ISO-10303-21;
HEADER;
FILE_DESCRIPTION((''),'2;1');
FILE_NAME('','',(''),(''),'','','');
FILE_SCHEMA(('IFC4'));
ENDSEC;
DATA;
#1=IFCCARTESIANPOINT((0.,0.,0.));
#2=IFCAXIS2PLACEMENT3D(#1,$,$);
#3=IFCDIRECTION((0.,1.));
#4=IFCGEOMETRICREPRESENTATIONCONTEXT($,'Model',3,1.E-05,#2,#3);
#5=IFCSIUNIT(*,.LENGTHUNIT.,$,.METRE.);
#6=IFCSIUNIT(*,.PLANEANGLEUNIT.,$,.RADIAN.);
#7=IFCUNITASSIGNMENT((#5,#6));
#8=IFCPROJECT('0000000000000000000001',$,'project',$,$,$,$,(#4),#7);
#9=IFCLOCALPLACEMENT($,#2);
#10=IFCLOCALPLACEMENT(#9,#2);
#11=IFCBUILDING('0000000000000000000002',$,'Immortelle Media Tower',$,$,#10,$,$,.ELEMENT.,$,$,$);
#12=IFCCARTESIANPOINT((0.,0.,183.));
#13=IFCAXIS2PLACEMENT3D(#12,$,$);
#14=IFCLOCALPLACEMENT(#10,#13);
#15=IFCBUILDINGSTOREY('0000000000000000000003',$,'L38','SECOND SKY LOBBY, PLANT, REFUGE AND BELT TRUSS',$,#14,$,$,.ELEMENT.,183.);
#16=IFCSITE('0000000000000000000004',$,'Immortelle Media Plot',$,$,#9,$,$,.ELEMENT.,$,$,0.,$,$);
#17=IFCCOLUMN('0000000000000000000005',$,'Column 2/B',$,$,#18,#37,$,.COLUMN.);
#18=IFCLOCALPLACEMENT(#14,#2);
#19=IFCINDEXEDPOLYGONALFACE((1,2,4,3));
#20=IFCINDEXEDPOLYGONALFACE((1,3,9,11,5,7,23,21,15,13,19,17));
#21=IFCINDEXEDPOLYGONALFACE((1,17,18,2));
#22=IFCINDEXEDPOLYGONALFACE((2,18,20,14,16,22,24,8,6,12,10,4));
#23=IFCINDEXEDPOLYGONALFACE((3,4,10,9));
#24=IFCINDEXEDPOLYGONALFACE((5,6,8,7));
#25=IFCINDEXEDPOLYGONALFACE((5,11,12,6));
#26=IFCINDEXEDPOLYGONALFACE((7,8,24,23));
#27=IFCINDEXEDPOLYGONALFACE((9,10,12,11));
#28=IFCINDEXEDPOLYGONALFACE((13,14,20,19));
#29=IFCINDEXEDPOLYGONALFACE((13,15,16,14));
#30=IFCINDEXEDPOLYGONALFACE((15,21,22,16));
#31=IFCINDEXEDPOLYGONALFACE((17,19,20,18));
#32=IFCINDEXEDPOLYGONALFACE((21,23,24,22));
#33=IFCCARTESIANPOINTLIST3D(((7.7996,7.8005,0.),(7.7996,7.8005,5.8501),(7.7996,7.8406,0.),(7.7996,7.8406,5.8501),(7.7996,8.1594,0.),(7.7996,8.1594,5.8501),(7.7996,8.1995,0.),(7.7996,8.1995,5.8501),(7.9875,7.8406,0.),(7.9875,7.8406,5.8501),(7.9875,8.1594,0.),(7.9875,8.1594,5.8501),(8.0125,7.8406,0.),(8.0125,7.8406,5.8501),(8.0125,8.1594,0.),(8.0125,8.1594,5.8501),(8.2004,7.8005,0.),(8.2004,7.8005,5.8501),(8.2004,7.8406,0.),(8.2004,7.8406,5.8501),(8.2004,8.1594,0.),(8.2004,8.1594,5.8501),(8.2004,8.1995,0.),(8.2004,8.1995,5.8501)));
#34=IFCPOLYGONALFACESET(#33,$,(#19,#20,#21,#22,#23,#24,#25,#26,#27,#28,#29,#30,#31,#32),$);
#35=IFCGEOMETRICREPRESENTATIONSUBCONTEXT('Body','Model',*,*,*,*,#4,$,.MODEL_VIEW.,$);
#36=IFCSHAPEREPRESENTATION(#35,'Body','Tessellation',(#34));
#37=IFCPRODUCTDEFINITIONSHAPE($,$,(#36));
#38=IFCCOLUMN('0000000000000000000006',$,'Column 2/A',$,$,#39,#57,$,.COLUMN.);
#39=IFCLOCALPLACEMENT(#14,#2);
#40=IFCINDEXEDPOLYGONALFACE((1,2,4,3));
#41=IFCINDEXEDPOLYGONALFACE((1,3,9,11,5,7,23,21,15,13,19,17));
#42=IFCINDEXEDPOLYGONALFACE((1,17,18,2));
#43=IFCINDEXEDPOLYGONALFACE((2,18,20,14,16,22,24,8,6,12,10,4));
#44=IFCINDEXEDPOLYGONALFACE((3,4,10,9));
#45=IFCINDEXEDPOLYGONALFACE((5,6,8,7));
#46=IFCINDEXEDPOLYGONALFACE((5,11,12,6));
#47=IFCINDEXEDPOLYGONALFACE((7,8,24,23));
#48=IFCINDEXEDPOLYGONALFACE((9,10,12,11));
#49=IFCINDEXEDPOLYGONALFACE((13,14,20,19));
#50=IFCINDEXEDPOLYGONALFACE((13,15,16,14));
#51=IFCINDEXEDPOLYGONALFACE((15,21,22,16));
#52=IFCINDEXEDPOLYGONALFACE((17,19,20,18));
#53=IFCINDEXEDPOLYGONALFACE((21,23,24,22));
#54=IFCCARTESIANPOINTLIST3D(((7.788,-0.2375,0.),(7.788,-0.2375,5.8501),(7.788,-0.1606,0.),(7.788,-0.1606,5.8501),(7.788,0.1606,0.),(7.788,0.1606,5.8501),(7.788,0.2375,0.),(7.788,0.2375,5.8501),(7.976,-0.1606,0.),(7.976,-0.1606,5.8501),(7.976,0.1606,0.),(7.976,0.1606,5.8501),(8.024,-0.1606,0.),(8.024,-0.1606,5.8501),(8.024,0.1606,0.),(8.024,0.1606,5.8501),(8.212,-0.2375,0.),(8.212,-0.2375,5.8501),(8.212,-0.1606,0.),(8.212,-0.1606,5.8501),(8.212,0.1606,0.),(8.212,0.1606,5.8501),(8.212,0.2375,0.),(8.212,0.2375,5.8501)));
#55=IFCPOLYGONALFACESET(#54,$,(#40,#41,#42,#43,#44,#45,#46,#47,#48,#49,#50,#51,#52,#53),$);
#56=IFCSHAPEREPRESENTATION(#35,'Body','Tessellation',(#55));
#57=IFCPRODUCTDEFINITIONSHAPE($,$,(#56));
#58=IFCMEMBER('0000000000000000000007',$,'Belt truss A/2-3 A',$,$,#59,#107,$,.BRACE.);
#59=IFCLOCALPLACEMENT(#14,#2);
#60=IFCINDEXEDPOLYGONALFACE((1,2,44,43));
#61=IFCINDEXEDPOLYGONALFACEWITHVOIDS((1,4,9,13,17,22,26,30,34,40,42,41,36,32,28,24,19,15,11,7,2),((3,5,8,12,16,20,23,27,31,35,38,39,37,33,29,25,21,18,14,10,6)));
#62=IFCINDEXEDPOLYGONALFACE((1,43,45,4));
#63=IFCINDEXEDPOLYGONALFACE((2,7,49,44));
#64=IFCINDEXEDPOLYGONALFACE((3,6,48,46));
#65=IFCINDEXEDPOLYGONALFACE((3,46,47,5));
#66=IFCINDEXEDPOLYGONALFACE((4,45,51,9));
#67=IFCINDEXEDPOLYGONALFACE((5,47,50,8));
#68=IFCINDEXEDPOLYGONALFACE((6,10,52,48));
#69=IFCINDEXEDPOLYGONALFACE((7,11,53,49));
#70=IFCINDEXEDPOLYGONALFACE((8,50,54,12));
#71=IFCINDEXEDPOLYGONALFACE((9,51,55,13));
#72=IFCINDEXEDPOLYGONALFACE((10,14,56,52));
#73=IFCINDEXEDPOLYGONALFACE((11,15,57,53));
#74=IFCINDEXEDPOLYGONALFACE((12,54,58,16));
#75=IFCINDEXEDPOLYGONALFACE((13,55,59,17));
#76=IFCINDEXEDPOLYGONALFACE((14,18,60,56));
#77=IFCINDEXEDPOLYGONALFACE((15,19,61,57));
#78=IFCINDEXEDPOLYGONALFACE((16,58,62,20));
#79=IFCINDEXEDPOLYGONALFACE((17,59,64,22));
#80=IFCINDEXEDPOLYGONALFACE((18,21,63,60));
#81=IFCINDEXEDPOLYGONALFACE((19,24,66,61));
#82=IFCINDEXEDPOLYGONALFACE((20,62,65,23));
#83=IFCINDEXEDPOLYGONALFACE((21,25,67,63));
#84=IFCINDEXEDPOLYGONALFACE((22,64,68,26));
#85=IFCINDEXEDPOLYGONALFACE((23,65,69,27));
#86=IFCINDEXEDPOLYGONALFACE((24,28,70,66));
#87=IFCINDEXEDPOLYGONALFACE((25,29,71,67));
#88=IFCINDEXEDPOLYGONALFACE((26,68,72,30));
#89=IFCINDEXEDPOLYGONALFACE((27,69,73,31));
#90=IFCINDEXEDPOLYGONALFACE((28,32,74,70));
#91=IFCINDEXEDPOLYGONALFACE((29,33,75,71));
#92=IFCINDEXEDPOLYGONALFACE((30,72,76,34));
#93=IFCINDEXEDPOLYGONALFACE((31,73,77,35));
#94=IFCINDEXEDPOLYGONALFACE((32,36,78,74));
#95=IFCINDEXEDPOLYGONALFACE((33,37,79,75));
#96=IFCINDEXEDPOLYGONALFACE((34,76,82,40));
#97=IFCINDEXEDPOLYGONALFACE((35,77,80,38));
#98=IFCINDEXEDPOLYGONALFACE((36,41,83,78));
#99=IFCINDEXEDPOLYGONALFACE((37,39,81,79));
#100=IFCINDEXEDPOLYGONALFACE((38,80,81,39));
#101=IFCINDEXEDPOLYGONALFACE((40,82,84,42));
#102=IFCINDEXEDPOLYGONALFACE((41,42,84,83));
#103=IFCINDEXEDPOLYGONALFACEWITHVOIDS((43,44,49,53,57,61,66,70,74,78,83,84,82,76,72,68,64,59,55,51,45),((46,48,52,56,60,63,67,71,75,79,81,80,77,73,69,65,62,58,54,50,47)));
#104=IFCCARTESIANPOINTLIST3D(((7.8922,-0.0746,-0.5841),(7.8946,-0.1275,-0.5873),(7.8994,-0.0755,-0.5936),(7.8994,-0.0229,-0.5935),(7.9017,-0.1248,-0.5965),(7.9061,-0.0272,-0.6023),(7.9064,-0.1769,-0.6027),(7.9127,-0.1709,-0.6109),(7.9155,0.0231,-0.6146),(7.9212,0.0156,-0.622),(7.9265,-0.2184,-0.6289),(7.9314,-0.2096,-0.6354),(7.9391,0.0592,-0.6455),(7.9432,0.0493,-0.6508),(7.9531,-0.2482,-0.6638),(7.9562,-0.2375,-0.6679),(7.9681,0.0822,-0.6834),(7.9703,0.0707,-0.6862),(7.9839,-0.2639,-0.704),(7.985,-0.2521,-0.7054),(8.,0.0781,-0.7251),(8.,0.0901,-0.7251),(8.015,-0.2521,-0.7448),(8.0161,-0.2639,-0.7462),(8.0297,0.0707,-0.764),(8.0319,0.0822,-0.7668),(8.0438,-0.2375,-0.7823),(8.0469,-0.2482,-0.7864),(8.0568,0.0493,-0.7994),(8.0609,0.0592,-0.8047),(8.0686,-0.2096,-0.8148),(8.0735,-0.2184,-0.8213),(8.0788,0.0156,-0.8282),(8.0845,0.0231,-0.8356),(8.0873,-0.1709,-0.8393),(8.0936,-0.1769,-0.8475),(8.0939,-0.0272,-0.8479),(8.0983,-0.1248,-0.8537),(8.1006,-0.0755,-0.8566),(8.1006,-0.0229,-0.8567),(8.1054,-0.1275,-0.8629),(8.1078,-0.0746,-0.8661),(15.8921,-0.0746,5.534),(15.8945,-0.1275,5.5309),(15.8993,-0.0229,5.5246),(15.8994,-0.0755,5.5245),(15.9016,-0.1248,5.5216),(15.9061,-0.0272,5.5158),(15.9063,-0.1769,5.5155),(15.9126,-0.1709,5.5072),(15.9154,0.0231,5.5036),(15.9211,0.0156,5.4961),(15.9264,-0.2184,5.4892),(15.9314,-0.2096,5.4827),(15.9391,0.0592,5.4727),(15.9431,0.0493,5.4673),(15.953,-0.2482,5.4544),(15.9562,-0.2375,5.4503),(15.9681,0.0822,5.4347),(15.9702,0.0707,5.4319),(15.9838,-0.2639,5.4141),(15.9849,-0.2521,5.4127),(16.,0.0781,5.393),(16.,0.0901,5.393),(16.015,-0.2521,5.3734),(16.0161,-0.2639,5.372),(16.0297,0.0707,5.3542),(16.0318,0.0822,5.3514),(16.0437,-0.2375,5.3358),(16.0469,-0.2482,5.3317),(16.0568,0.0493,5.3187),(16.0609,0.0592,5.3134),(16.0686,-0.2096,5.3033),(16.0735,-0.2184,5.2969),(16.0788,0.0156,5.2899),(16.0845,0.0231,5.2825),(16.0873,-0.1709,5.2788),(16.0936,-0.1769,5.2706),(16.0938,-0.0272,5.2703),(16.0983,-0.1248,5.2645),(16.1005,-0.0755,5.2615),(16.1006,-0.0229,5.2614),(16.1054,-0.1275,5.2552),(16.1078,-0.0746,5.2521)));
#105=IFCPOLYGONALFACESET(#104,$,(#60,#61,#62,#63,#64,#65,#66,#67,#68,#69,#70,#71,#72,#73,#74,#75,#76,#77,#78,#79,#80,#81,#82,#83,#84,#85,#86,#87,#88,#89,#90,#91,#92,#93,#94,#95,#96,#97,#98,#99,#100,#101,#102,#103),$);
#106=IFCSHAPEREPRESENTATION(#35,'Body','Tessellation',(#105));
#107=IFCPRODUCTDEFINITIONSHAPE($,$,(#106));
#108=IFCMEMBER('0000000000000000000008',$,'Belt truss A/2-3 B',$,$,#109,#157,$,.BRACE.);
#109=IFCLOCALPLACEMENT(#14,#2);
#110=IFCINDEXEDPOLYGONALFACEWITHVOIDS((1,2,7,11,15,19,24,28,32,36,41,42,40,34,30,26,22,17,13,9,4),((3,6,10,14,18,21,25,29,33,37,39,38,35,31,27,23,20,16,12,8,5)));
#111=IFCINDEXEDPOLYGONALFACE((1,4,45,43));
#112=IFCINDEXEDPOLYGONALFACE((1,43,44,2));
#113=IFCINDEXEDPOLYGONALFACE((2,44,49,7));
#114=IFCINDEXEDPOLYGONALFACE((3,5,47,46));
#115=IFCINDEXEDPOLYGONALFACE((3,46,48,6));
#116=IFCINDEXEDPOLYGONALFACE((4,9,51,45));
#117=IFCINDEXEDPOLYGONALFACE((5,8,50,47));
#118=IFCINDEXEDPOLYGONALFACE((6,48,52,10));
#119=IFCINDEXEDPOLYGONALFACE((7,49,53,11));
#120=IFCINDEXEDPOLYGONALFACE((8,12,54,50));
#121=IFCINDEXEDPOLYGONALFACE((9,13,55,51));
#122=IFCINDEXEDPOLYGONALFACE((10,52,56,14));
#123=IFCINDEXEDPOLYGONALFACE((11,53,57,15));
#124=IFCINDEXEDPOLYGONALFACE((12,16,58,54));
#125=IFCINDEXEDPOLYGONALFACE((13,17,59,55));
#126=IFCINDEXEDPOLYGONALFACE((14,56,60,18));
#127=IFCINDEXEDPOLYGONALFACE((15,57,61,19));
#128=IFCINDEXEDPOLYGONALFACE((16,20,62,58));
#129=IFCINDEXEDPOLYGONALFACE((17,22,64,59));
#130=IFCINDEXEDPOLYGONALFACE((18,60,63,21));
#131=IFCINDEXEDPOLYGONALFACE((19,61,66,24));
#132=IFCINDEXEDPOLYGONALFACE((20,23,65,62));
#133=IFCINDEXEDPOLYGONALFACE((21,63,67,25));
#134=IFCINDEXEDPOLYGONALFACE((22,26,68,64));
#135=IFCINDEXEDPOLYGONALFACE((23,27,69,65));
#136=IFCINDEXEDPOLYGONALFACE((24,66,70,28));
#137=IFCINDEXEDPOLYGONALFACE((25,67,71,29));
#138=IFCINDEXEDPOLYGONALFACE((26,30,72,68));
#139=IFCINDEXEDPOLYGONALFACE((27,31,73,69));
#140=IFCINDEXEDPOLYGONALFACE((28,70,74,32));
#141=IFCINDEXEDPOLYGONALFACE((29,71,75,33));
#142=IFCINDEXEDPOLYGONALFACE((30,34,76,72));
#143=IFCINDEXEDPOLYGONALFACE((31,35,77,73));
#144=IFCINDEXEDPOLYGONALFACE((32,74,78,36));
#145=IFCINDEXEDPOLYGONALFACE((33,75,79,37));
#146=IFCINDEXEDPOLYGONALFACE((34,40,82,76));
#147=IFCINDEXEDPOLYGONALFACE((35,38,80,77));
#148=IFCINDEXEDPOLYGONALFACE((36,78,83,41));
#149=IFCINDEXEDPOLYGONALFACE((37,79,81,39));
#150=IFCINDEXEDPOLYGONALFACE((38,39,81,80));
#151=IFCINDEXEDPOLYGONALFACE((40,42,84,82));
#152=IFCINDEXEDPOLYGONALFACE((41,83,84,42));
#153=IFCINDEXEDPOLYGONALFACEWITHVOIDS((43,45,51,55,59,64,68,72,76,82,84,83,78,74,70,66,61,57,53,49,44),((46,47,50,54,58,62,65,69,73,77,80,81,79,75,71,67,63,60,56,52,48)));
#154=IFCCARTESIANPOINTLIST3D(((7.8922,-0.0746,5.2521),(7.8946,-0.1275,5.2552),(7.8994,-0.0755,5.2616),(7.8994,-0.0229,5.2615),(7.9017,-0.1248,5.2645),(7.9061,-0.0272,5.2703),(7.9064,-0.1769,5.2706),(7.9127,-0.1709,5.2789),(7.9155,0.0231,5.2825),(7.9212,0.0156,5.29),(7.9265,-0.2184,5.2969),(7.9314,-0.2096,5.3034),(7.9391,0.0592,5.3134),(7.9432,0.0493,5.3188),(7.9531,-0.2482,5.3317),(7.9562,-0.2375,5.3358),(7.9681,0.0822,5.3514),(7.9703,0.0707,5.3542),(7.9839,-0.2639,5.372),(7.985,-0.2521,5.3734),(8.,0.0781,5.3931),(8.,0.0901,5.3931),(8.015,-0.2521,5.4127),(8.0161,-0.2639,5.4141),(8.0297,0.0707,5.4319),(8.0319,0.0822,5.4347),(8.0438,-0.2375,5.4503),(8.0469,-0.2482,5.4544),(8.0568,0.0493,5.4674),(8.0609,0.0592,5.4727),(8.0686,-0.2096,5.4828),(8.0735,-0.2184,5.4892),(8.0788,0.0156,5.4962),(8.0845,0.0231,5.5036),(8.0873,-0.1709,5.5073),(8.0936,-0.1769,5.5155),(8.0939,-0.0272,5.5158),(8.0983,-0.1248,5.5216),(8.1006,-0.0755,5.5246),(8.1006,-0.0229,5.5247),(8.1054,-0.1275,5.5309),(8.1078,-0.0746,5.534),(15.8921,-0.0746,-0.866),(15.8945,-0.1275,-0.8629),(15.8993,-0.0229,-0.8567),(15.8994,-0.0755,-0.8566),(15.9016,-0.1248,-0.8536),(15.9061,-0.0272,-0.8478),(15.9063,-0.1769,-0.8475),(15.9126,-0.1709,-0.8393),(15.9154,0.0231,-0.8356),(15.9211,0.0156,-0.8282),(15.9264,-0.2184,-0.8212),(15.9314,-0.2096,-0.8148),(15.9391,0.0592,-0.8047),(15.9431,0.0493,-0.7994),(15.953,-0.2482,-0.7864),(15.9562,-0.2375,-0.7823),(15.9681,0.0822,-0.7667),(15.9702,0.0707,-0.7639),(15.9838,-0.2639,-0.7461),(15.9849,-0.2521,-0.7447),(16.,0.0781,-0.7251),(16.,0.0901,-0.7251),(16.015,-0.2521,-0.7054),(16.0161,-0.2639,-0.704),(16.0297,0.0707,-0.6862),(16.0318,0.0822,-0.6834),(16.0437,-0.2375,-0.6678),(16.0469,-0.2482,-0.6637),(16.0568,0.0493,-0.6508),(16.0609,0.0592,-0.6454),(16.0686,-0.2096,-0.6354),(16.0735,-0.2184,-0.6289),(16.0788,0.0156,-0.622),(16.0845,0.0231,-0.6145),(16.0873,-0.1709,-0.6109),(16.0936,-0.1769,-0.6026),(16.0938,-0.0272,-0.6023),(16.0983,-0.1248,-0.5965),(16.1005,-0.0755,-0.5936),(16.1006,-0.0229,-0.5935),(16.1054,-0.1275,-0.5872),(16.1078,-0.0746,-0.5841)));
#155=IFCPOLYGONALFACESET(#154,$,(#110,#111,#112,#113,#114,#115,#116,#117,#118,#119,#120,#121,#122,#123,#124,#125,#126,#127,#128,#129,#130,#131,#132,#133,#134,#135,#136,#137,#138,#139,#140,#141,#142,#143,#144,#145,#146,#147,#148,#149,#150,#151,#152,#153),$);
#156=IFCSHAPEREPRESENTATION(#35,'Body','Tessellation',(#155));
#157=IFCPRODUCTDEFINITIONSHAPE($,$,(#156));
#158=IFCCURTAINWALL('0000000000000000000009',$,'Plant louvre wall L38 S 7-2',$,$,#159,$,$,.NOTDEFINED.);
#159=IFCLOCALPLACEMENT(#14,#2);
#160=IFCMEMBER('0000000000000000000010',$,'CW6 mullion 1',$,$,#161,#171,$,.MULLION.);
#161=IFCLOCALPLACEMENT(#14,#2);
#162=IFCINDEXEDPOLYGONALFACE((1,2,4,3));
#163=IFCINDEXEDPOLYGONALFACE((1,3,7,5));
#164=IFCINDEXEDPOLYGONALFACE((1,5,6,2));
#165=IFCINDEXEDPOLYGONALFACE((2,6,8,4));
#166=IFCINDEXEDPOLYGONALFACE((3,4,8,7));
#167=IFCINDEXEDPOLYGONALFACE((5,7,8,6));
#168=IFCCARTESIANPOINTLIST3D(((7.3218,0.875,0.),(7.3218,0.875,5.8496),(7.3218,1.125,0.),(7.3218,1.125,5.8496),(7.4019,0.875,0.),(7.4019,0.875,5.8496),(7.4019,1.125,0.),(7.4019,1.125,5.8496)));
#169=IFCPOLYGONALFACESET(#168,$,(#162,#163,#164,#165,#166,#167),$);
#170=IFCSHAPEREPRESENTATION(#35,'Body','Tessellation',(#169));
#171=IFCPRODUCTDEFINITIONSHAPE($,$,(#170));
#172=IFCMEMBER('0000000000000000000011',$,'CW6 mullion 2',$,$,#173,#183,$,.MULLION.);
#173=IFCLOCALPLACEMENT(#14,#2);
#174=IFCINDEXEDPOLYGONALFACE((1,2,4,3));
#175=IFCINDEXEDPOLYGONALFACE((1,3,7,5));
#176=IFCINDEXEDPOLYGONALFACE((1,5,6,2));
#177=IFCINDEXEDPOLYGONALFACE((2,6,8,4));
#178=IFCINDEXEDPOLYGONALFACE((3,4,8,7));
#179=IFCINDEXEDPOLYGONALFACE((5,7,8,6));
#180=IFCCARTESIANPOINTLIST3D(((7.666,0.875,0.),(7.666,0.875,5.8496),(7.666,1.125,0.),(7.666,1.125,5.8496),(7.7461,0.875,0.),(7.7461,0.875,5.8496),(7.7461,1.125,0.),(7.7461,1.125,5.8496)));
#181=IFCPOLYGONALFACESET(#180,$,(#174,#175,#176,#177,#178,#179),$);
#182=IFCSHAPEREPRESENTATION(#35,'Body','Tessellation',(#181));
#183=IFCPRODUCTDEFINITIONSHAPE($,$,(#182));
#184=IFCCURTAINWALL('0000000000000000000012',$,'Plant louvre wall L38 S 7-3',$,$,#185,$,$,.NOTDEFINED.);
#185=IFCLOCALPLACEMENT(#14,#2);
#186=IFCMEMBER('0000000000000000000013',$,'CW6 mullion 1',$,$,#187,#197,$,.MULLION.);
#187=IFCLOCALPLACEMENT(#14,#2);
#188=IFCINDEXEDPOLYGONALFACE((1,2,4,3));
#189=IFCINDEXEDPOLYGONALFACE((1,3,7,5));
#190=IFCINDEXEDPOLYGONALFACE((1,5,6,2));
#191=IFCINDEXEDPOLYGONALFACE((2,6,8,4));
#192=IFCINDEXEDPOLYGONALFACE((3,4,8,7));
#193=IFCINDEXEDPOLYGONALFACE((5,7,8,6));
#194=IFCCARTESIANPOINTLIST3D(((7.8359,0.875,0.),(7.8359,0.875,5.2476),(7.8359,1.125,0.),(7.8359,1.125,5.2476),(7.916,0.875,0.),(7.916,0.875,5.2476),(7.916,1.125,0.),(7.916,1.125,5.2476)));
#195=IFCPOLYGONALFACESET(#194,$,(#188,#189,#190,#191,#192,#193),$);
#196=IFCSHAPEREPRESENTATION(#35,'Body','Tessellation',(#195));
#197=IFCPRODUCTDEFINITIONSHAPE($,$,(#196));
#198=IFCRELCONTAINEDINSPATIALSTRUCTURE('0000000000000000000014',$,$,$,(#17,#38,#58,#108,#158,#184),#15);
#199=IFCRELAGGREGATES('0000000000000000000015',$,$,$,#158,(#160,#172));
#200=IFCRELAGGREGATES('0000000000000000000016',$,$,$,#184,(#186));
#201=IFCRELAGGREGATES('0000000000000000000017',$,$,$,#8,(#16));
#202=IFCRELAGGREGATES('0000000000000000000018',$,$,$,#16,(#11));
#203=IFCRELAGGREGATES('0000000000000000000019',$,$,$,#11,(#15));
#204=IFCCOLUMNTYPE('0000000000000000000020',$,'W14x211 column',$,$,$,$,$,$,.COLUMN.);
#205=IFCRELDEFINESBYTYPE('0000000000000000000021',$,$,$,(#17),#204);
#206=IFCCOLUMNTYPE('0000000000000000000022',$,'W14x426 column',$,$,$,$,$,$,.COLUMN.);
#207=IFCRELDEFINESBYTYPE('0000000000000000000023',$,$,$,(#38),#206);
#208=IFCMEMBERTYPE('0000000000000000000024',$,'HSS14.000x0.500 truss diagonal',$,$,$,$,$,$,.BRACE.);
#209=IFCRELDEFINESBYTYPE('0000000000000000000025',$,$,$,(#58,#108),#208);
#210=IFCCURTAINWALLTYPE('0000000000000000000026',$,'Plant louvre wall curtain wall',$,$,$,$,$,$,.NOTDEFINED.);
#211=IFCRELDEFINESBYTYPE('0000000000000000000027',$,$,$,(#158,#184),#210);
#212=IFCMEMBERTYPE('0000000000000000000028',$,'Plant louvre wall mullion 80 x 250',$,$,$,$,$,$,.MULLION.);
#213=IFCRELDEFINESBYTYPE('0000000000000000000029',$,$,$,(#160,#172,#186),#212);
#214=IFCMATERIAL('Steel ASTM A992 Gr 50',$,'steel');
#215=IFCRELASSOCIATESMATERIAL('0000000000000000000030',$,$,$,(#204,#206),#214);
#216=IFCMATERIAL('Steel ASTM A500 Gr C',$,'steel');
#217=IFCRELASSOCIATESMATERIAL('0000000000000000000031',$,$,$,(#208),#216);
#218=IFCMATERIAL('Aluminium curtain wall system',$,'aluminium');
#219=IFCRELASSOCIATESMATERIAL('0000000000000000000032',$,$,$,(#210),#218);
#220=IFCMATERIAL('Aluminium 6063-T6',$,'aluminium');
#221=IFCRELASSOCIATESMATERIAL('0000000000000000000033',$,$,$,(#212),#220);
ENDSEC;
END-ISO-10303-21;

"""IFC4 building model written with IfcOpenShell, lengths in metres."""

from ifc_helpers import new_model, si_unit, direction, frame, origin, origin_2d, place, context, subcontext, project, spatial, rectangle, hollow_circle, i_section, extrude, material, material_profile, profile_set, type_object, element, aggregate, save


model = new_model("IFC4")

# Units and contexts
model_context = context("Model", 3, precision=1e-05, world=origin(), true_north=direction((0.0, 1.0)))
body_context = subcontext(model_context, "Body", "Model", "MODEL_VIEW")
ifc_project = project(units=[si_unit("LENGTHUNIT", "METRE"), si_unit("PLANEANGLEUNIT", "RADIAN")], contexts=[model_context])

# Site, building, storey
site_placement = place(None, origin())
site = spatial("IfcSite", under=ifc_project, at=site_placement, Name="Immortelle Media Plot", CompositionType="ELEMENT", RefElevation=0.0)
building_placement = place(site_placement, origin())
building = spatial("IfcBuilding", under=site, at=building_placement, Name="Immortelle Media Tower", CompositionType="ELEMENT")
storey_placement = place(building_placement, frame((0.0, 0.0, 183.0)))
storey = spatial("IfcBuildingStorey", under=building, at=storey_placement, Name="L38", Description="SECOND SKY LOBBY, PLANT, REFUGE AND BELT TRUSS", CompositionType="ELEMENT", Elevation=183.0)

# Columns
ifc_material_1 = material(Name="Steel ASTM A992 Gr 50", Category="steel")
ifc_material_profile_1 = material_profile(ifc_material_1, i_section(OverallWidth=0.4009, OverallDepth=0.3989, WebThickness=0.0249, FlangeThickness=0.04, at=origin_2d()), Name="W14x211")
ifc_profile_set_1 = profile_set([ifc_material_profile_1], Name="Steel ASTM A992 Gr 50")
column_type_1 = type_object("IfcColumnType", Name="W14x211 column", PredefinedType="COLUMN", material=ifc_profile_set_1)
column_1_placement = place(storey_placement, frame((8.0, 8.0, 0.0), z_axis=(0.0, 0.0, 1.0), x_axis=(1.0, 0.0, 0.0)))
element("IfcColumn", 1, at=column_1_placement, inside=storey, type_object=column_type_1, Name="Column 2/B", PredefinedType="COLUMN", context=body_context, shape_type="SweptSolid", body=[
    extrude(i_section(OverallWidth=0.4009, OverallDepth=0.3989, WebThickness=0.0249, FlangeThickness=0.04, at=origin_2d()), origin(), (0.0, 0.0, 1.0), 5.8501),
])
ifc_material_profile_2 = material_profile(ifc_material_1, i_section(OverallWidth=0.4241, OverallDepth=0.4751, WebThickness=0.0481, FlangeThickness=0.0769, at=origin_2d()), Name="W14x426")
ifc_profile_set_2 = profile_set([ifc_material_profile_2], Name="Steel ASTM A992 Gr 50")
column_type_2 = type_object("IfcColumnType", Name="W14x426 column", PredefinedType="COLUMN", material=ifc_profile_set_2)
column_2_placement = place(storey_placement, frame((8.0, 0.0, 0.0), z_axis=(0.0, 0.0, 1.0), x_axis=(1.0, 0.0, 0.0)))
element("IfcColumn", 2, at=column_2_placement, inside=storey, type_object=column_type_2, Name="Column 2/A", PredefinedType="COLUMN", context=body_context, shape_type="SweptSolid", body=[
    extrude(i_section(OverallWidth=0.4241, OverallDepth=0.4751, WebThickness=0.0481, FlangeThickness=0.0769, at=origin_2d()), origin(), (0.0, 0.0, 1.0), 5.8501),
])

# Members
ifc_material_2 = material(Name="Steel ASTM A500 Gr C", Category="steel")
ifc_material_profile_3 = material_profile(ifc_material_2, hollow_circle(Radius=0.178, WallThickness=0.012, at=origin_2d()), Name="HSS14.000x0.500 truss diagonal")
ifc_profile_set_3 = profile_set([ifc_material_profile_3], Name="Steel ASTM A500 Gr C")
member_type_1 = type_object("IfcMemberType", Name="HSS14.000x0.500 truss diagonal", PredefinedType="BRACE", material=ifc_profile_set_3)
for number, where, z_axis, x_axis, name in (
    (3, (8.0, -0.0879, -0.7251), (0.794333, 0.0, 0.607482), (0.0, 1.0, 0.0), "Belt truss A/2-3 A"),
    (4, (8.0, -0.0879, 5.3931), (0.794333, 0.0, -0.607482), (0.0, 1.0, 0.0), "Belt truss A/2-3 B"),
):
    element("IfcMember", number, at=place(storey_placement, frame(where, z_axis=z_axis, x_axis=x_axis)), inside=storey, type_object=member_type_1, Name=name, PredefinedType="BRACE", context=body_context, shape_type="SweptSolid", body=[
        extrude(hollow_circle(Radius=0.178, WallThickness=0.012, at=origin_2d()), origin(), (0.0, 0.0, 1.0), 10.0713),
    ])

# Curtain walls, members
ifc_material_3 = material(Name="Aluminium curtain wall system", Category="aluminium")
curtain_wall_type = type_object("IfcCurtainWallType", Name="Plant louvre wall curtain wall", PredefinedType="NOTDEFINED", material=ifc_material_3)
curtain_wall_1_placement = place(storey_placement, origin())
curtain_wall_1 = element("IfcCurtainWall", 5, at=curtain_wall_1_placement, inside=storey, type_object=curtain_wall_type, Name="Plant louvre wall L38 S 7-2", PredefinedType="NOTDEFINED")
ifc_material_4 = material(Name="Aluminium 6063-T6", Category="aluminium")
ifc_material_profile_4 = material_profile(ifc_material_4, rectangle(XDim=0.25, YDim=0.0801, at=origin_2d()), Name="AL 80x250")
ifc_profile_set_4 = profile_set([ifc_material_profile_4], Name="Aluminium 6063-T6")
member_type_2 = type_object("IfcMemberType", Name="Plant louvre wall mullion 80 x 250", PredefinedType="MULLION", material=ifc_profile_set_4)
member_1_placement = place(storey_placement, frame((7.3618, 1.0, 0.0), z_axis=(0.0, 0.0, 1.0), x_axis=(0.0, 1.0, 0.0)))
member_1 = element("IfcMember", 6, at=member_1_placement, type_object=member_type_2, Name="CW6 mullion 1", PredefinedType="MULLION", context=body_context, shape_type="SweptSolid", body=[
    extrude(rectangle(XDim=0.25, YDim=0.0801, at=origin_2d()), origin(), (0.0, 0.0, 1.0), 5.8496),
])
member_2_placement = place(storey_placement, frame((7.7061, 1.0, 0.0), z_axis=(0.0, 0.0, 1.0), x_axis=(0.0, 1.0, 0.0)))
member_2 = element("IfcMember", 7, at=member_2_placement, type_object=member_type_2, Name="CW6 mullion 2", PredefinedType="MULLION", context=body_context, shape_type="SweptSolid", body=[
    extrude(rectangle(XDim=0.25, YDim=0.0801, at=origin_2d()), origin(), (0.0, 0.0, 1.0), 5.8496),
])
curtain_wall_2_placement = place(storey_placement, origin())
curtain_wall_2 = element("IfcCurtainWall", 8, at=curtain_wall_2_placement, inside=storey, type_object=curtain_wall_type, Name="Plant louvre wall L38 S 7-3", PredefinedType="NOTDEFINED")
member_3_placement = place(storey_placement, frame((7.876, 1.0, 0.0), z_axis=(0.0, 0.0, 1.0), x_axis=(0.0, 1.0, 0.0)))
member_3 = element("IfcMember", 9, at=member_3_placement, type_object=member_type_2, Name="CW6 mullion 1", PredefinedType="MULLION", context=body_context, shape_type="SweptSolid", body=[
    extrude(rectangle(XDim=0.25, YDim=0.0801, at=origin_2d()), origin(), (0.0, 0.0, 1.0), 5.2476),
])

aggregate(curtain_wall_1, [member_1, member_2])
aggregate(curtain_wall_2, [member_3])

save(model, "model.ifc")
